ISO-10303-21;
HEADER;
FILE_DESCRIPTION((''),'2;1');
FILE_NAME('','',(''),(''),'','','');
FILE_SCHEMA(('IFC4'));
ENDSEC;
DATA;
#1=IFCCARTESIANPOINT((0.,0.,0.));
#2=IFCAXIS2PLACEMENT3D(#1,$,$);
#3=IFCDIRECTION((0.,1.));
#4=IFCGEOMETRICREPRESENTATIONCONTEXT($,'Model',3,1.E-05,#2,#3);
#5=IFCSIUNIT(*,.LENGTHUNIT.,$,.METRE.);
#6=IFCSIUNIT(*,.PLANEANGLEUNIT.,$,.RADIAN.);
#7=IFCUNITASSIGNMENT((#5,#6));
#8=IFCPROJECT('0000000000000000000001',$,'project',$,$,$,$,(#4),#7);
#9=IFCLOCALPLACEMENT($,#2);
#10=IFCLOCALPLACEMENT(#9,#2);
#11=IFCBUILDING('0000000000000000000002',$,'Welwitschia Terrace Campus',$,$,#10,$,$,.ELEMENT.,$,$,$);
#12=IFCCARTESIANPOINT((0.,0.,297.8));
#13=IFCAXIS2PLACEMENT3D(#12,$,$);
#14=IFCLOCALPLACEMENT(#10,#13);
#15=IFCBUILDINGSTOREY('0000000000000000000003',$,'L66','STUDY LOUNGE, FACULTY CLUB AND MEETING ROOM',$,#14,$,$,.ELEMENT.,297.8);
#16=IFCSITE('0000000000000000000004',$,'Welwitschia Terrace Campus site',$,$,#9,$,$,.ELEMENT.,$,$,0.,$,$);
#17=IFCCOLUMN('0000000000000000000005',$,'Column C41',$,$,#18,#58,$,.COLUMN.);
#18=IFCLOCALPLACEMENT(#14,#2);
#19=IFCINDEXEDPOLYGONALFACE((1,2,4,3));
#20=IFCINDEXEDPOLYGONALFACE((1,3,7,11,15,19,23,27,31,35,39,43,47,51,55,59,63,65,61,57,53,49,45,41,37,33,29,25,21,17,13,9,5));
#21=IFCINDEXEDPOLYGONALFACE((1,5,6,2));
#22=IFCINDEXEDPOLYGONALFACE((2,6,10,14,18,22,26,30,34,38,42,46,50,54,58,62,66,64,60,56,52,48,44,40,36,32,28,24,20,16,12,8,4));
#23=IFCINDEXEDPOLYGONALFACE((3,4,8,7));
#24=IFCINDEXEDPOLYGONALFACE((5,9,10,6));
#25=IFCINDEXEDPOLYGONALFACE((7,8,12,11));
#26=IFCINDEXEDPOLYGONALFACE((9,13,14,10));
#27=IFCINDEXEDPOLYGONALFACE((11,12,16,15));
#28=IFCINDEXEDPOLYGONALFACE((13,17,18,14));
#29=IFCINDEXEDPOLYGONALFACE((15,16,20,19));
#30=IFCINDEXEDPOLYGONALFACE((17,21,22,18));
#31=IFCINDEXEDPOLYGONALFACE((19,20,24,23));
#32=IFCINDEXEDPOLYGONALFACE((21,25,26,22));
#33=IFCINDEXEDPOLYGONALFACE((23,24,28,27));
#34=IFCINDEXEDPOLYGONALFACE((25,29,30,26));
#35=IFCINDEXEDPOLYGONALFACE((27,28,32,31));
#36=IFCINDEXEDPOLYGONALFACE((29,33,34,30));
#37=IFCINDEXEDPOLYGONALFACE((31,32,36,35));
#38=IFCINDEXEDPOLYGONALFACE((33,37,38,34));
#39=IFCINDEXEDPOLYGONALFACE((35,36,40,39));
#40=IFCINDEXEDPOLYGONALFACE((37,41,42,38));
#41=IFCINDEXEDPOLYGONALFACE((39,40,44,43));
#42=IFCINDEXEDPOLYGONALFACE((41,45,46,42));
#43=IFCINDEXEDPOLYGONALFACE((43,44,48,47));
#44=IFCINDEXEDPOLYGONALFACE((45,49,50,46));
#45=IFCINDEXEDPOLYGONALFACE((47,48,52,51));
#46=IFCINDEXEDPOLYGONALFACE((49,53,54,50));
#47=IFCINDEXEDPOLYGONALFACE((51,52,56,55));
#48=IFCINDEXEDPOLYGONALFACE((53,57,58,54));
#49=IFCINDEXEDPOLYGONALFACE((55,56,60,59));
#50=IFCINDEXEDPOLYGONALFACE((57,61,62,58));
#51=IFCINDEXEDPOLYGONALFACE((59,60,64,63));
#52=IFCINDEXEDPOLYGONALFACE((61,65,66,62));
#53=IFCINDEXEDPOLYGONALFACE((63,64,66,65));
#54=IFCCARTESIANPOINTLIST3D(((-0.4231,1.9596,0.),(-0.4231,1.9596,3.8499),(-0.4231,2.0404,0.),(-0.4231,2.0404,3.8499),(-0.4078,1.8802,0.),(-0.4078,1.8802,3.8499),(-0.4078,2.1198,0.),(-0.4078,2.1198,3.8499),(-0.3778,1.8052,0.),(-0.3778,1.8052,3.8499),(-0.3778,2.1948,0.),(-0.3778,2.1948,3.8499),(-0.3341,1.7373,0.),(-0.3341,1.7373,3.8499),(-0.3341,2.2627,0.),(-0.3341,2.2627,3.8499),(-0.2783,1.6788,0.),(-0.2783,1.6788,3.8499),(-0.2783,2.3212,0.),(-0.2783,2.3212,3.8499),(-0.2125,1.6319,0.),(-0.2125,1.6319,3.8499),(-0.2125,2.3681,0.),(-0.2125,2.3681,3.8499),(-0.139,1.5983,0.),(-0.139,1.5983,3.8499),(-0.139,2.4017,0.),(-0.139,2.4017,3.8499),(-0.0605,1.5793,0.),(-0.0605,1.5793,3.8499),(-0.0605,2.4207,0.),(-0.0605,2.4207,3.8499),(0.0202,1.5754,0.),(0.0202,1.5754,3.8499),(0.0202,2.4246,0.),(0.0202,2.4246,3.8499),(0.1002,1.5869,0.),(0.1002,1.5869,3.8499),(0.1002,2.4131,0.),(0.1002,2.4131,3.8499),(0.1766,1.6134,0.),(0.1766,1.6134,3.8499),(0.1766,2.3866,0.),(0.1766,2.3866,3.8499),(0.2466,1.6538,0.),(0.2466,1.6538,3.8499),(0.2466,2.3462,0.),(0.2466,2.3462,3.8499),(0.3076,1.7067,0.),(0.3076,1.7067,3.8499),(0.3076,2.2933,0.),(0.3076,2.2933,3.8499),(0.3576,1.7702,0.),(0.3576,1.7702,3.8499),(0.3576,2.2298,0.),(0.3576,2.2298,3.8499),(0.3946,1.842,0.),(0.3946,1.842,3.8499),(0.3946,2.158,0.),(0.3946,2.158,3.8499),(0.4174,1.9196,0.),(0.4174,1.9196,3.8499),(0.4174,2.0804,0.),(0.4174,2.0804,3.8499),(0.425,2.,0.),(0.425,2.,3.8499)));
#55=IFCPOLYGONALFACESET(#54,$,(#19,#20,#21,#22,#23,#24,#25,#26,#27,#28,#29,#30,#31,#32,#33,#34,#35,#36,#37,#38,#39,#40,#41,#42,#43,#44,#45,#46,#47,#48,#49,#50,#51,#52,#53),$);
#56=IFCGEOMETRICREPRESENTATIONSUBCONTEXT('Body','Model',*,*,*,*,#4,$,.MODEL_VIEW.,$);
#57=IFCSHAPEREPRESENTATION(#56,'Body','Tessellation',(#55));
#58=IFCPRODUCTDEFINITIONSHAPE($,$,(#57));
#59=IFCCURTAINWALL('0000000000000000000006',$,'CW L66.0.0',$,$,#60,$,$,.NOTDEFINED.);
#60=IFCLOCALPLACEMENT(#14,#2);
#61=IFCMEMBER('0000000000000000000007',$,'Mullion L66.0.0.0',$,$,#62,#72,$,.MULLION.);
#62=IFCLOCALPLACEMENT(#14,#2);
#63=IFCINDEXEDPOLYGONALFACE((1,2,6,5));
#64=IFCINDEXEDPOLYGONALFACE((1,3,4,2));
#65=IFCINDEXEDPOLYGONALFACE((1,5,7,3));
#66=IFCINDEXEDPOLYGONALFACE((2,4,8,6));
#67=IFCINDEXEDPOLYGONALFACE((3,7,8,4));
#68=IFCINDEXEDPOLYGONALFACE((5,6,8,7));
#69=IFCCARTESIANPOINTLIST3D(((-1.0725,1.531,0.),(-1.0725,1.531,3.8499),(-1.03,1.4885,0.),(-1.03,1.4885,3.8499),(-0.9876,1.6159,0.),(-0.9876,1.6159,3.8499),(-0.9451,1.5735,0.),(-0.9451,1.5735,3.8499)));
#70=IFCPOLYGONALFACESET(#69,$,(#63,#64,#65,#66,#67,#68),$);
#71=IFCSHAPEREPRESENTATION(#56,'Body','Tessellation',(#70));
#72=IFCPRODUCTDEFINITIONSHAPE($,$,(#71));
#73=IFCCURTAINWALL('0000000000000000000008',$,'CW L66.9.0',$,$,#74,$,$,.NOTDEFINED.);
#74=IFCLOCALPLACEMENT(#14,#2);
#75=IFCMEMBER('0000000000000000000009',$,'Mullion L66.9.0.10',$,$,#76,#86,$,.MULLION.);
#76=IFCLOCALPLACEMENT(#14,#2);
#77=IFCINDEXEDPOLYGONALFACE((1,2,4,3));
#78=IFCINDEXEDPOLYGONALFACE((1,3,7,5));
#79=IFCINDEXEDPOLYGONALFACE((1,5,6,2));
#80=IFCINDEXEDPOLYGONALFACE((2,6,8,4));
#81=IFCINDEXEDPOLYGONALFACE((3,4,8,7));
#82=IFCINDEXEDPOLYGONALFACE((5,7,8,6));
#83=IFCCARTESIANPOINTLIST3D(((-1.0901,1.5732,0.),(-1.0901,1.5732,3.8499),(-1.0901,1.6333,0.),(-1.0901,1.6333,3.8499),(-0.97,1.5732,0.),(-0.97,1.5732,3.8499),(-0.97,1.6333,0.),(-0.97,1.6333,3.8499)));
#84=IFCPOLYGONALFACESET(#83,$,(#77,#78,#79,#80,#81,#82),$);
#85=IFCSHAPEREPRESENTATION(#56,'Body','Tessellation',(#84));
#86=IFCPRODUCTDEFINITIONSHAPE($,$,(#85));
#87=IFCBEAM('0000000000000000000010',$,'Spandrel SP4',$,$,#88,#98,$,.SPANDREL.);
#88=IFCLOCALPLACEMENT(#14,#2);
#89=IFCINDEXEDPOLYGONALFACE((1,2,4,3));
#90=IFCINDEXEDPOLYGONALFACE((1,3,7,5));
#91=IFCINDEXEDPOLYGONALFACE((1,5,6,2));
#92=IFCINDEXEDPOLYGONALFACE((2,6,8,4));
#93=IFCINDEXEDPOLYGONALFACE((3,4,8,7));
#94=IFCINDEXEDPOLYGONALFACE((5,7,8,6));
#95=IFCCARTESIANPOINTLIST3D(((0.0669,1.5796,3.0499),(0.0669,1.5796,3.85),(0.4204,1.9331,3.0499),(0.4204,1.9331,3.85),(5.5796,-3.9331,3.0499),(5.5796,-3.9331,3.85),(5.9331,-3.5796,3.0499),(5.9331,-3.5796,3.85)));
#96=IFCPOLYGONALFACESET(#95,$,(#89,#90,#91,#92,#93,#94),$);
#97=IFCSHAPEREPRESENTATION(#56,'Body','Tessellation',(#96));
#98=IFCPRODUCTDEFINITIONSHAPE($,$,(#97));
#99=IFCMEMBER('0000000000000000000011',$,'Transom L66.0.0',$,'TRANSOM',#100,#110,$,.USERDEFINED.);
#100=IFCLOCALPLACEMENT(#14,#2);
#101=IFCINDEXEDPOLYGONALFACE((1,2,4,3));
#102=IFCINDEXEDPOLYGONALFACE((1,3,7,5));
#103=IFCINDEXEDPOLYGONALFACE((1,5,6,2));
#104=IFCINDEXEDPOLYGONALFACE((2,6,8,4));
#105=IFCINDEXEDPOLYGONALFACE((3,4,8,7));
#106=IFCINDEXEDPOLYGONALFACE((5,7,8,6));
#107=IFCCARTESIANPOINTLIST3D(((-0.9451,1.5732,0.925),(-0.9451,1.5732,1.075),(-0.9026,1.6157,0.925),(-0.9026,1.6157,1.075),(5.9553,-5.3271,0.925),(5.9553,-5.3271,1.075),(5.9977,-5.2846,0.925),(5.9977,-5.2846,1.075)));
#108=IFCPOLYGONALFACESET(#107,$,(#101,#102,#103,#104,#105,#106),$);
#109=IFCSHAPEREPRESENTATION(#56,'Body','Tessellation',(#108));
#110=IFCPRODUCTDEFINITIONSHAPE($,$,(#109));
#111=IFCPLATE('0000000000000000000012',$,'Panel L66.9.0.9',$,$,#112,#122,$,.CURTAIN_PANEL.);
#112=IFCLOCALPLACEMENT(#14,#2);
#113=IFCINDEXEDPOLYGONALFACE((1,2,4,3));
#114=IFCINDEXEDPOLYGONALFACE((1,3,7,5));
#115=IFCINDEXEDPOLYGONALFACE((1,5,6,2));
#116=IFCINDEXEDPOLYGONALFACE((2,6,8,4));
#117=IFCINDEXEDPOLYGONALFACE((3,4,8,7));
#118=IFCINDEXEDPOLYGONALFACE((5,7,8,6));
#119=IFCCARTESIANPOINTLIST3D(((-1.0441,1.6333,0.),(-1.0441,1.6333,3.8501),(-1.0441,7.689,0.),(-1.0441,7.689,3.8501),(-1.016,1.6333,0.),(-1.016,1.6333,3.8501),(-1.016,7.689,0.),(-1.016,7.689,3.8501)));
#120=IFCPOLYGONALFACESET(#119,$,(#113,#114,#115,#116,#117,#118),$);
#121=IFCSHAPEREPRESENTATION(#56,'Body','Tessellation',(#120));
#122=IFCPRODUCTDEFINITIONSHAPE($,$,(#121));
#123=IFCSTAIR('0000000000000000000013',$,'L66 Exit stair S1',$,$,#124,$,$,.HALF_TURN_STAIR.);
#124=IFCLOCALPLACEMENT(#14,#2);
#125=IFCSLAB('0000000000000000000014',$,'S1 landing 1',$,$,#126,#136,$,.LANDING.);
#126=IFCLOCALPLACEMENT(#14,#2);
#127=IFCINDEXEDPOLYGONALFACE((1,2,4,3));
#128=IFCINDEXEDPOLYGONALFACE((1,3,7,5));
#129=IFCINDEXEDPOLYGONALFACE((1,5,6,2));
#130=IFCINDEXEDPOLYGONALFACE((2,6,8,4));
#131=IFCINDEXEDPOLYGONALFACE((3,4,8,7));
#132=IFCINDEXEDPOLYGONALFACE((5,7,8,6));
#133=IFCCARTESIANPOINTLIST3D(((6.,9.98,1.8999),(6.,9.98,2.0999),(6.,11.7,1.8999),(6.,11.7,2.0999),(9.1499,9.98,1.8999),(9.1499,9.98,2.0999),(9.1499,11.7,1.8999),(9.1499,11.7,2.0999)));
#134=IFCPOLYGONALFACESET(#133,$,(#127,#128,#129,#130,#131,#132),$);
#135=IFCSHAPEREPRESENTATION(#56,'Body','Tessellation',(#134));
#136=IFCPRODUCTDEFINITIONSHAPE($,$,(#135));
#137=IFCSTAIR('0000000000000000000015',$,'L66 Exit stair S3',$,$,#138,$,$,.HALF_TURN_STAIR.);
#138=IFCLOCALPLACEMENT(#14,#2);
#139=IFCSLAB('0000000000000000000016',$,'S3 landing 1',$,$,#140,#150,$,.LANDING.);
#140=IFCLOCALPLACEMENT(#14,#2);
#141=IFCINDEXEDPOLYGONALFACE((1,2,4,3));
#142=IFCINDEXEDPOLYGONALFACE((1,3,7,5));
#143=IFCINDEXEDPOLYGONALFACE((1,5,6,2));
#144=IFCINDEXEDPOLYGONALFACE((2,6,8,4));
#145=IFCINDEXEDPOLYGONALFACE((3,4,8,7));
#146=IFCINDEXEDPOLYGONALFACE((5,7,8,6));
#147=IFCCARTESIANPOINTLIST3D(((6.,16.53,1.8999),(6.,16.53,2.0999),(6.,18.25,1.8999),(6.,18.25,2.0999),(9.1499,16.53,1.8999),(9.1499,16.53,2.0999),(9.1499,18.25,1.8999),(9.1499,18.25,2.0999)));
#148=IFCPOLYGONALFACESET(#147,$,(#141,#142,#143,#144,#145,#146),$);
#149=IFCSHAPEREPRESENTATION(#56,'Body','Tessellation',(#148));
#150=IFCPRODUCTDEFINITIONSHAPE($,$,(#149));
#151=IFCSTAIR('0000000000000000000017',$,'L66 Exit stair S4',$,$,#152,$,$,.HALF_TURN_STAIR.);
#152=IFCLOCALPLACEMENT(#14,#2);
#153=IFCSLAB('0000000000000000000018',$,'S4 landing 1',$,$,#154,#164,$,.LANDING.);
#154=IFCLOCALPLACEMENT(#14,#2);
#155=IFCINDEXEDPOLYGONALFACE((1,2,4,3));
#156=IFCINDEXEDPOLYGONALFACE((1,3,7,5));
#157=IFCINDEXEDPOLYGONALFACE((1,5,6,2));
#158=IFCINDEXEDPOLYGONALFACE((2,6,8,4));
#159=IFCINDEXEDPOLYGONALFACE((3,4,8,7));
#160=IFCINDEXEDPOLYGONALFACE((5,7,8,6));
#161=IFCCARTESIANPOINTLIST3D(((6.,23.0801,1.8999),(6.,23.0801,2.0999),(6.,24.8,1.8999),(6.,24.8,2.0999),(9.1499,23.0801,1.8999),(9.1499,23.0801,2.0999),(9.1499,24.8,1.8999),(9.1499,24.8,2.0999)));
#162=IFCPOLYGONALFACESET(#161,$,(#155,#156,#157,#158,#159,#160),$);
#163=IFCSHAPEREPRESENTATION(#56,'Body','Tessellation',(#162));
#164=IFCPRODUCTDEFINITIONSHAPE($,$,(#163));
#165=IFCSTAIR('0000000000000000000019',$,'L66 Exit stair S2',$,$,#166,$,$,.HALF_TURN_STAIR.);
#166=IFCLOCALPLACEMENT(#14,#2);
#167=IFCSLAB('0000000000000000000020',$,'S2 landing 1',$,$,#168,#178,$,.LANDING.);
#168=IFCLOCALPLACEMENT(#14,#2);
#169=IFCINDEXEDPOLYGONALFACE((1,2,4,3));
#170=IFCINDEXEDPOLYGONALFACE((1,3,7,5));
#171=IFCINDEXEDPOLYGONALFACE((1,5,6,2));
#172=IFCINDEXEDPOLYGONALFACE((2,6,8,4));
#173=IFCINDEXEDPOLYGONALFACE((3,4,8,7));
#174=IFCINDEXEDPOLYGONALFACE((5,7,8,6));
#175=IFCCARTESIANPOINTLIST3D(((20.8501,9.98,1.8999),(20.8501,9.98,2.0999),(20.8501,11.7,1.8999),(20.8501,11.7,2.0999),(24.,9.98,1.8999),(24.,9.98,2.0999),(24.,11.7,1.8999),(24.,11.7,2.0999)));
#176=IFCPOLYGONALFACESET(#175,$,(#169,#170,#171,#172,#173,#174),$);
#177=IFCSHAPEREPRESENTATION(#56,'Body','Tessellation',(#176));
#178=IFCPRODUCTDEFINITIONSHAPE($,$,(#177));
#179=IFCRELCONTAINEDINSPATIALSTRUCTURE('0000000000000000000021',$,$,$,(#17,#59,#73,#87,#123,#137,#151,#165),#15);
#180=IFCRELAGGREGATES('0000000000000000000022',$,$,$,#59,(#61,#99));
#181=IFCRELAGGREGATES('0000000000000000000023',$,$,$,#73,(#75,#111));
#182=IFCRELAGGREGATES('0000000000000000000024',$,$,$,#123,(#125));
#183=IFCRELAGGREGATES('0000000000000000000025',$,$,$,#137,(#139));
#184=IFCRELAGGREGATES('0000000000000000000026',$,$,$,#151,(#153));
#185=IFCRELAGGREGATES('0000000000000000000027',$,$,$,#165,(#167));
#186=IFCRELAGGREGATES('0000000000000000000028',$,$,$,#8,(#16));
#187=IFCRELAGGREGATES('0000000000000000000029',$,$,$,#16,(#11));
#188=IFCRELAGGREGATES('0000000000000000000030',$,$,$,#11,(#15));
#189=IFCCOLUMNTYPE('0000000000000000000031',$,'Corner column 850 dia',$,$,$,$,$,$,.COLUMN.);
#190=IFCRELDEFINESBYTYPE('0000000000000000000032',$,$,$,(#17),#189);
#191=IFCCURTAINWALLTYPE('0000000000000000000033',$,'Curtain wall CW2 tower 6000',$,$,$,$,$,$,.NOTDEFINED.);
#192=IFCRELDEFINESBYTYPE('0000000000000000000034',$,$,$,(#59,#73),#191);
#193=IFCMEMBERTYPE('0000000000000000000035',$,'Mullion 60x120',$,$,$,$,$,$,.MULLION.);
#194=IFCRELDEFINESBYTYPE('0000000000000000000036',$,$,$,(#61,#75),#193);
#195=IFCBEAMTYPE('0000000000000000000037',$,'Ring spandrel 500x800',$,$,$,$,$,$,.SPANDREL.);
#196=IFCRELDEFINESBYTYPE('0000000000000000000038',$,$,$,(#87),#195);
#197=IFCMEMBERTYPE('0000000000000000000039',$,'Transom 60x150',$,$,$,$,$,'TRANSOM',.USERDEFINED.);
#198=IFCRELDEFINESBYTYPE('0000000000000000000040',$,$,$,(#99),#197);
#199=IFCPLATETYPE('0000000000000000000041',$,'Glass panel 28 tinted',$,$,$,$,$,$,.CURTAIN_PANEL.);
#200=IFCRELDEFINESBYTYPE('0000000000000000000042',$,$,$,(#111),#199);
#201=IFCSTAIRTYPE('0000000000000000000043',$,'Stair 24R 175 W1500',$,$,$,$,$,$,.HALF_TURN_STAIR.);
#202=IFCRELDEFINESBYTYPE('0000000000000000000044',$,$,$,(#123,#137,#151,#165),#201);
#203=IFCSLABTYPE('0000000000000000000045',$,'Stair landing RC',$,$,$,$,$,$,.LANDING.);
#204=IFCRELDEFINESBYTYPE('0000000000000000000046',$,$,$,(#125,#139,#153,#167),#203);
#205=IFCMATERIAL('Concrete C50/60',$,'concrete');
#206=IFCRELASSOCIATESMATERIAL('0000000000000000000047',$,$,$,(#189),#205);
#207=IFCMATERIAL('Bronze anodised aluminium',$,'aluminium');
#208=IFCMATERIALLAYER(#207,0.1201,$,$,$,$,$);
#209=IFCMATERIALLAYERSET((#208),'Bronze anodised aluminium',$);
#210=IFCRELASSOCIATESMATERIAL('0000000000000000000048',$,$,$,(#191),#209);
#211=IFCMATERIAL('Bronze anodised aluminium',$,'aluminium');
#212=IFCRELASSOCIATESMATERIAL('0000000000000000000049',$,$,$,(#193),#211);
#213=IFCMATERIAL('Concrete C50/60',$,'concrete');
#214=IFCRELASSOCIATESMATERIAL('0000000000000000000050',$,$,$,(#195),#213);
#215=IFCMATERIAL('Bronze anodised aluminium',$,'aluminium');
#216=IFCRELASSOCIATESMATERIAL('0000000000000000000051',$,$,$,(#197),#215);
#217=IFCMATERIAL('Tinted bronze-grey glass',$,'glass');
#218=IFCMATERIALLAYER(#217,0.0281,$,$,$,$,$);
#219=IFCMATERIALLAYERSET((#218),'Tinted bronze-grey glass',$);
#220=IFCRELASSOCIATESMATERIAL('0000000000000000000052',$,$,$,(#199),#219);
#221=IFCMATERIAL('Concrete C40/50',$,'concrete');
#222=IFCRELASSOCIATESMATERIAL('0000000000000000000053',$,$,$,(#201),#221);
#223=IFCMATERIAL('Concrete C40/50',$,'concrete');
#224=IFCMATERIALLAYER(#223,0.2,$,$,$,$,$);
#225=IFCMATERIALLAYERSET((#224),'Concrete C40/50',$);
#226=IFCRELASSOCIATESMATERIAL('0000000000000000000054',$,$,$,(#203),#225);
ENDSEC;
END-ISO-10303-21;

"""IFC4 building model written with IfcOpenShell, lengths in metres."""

from ifc_helpers import new_model, si_unit, direction, frame, origin, origin_2d, place, context, subcontext, project, spatial, polyline, rectangle, circle, outline, extrude, material, layer, layer_set, material_profile, profile_set, type_object, element, aggregate, save


model = new_model("IFC4")

# Units and contexts
model_context = context("Model", 3, precision=1e-05, world=origin(), true_north=direction((0.0, 1.0)))
body_context = subcontext(model_context, "Body", "Model", "MODEL_VIEW")
ifc_project = project(units=[si_unit("LENGTHUNIT", "METRE"), si_unit("PLANEANGLEUNIT", "RADIAN")], contexts=[model_context])

# Site, building, storey
site_placement = place(None, origin())
site = spatial("IfcSite", under=ifc_project, at=site_placement, Name="Welwitschia Terrace Campus site", CompositionType="ELEMENT", RefElevation=0.0)
building_placement = place(site_placement, origin())
building = spatial("IfcBuilding", under=site, at=building_placement, Name="Welwitschia Terrace Campus", CompositionType="ELEMENT")
storey_placement = place(building_placement, frame((0.0, 0.0, 297.8)))
storey = spatial("IfcBuildingStorey", under=building, at=storey_placement, Name="L66", Description="STUDY LOUNGE, FACULTY CLUB AND MEETING ROOM", CompositionType="ELEMENT", Elevation=297.8)

# Column
ifc_material_1 = material(Name="Concrete C50/60", Category="concrete")
ifc_material_profile_1 = material_profile(ifc_material_1, circle(Radius=0.425, at=origin_2d()))
ifc_profile_set_1 = profile_set([ifc_material_profile_1], Name="Concrete C50/60")
column_type = type_object("IfcColumnType", Name="Corner column 850 dia", PredefinedType="COLUMN", material=ifc_profile_set_1)
column_placement = place(storey_placement, frame((0.0, 2.0, 0.0), z_axis=(0.0, 0.0, 1.0), x_axis=(1.0, 0.0, 0.0)))
element("IfcColumn", 1, at=column_placement, inside=storey, type_object=column_type, Name="Column C41", PredefinedType="COLUMN", context=body_context, shape_type="SweptSolid", body=[
    extrude(circle(Radius=0.425, at=origin_2d()), origin(), (0.0, 0.0, 1.0), 3.8499),
])

# Curtain walls, members
ifc_material_2 = material(Name="Bronze anodised aluminium", Category="aluminium")
ifc_layer_1 = layer(ifc_material_2, 0.1201)
ifc_layer_set_1 = layer_set([ifc_layer_1], Name="Bronze anodised aluminium")
curtain_wall_type = type_object("IfcCurtainWallType", Name="Curtain wall CW2 tower 6000", PredefinedType="NOTDEFINED", material=ifc_layer_set_1)
curtain_wall_1_placement = place(storey_placement, origin())
curtain_wall_1 = element("IfcCurtainWall", 2, at=curtain_wall_1_placement, inside=storey, type_object=curtain_wall_type, Name="CW L66.0.0", PredefinedType="NOTDEFINED")
ifc_material_3 = material(Name="Bronze anodised aluminium", Category="aluminium")
ifc_material_profile_2 = material_profile(ifc_material_3, rectangle(XDim=0.1201, YDim=0.0601, at=origin_2d()))
ifc_profile_set_2 = profile_set([ifc_material_profile_2], Name="Bronze anodised aluminium")
member_type_1 = type_object("IfcMemberType", Name="Mullion 60x120", PredefinedType="MULLION", material=ifc_profile_set_2)
member_1_placement = place(storey_placement, frame((-1.0088, 1.5522, 0.0), z_axis=(0.0, 0.0, 1.0), x_axis=(0.707107, 0.707107, 0.0)))
member_1 = element("IfcMember", 3, at=member_1_placement, type_object=member_type_1, Name="Mullion L66.0.0.0", PredefinedType="MULLION", context=body_context, shape_type="SweptSolid", body=[
    extrude(rectangle(XDim=0.1201, YDim=0.0601, at=origin_2d()), origin(), (0.0, 0.0, 1.0), 3.8499),
])
curtain_wall_2_placement = place(storey_placement, origin())
curtain_wall_2 = element("IfcCurtainWall", 4, at=curtain_wall_2_placement, inside=storey, type_object=curtain_wall_type, Name="CW L66.9.0", PredefinedType="NOTDEFINED")
member_2_placement = place(storey_placement, frame((-1.03, 1.6033, 0.0), z_axis=(0.0, 0.0, 1.0), x_axis=(1.0, 0.0, 0.0)))
member_2 = element("IfcMember", 5, at=member_2_placement, type_object=member_type_1, Name="Mullion L66.9.0.10", PredefinedType="MULLION", context=body_context, shape_type="SweptSolid", body=[
    extrude(rectangle(XDim=0.1201, YDim=0.0601, at=origin_2d()), origin(), (0.0, 0.0, 1.0), 3.8499),
])

# Beam
ifc_material_4 = material(Name="Concrete C50/60", Category="concrete")
ifc_material_profile_3 = material_profile(ifc_material_4, rectangle(XDim=0.5, YDim=0.8, at=origin_2d()))
ifc_profile_set_3 = profile_set([ifc_material_profile_3], Name="Concrete C50/60")
beam_type = type_object("IfcBeamType", Name="Ring spandrel 500x800", PredefinedType="SPANDREL", material=ifc_profile_set_3)
beam_placement = place(storey_placement, frame((0.2437, 1.7563, 3.45), z_axis=(0.707107, -0.707107, 0.0), x_axis=(0.707107, 0.707107, 0.0)))
element("IfcBeam", 6, at=beam_placement, inside=storey, type_object=beam_type, Name="Spandrel SP4", PredefinedType="SPANDREL", context=body_context, shape_type="SweptSolid", body=[
    extrude(rectangle(XDim=0.5, YDim=0.8, at=origin_2d()), origin(), (0.0, 0.0, 1.0), 7.7961),
])

# Member
ifc_material_5 = material(Name="Bronze anodised aluminium", Category="aluminium")
ifc_material_profile_4 = material_profile(ifc_material_5, rectangle(XDim=0.0601, YDim=0.1499, at=origin_2d()))
ifc_profile_set_4 = profile_set([ifc_material_profile_4], Name="Bronze anodised aluminium")
member_type_2 = type_object("IfcMemberType", Name="Transom 60x150", ElementType="TRANSOM", PredefinedType="USERDEFINED", material=ifc_profile_set_4)
member_3_placement = place(storey_placement, frame((-0.9238, 1.5945, 1.0), z_axis=(0.707107, -0.707107, 0.0), x_axis=(0.707107, 0.707107, 0.0)))
member_3 = element("IfcMember", 7, at=member_3_placement, type_object=member_type_2, Name="Transom L66.0.0", ObjectType="TRANSOM", PredefinedType="USERDEFINED", context=body_context, shape_type="SweptSolid", body=[
    extrude(rectangle(XDim=0.0601, YDim=0.1499, at=origin_2d()), origin(), (0.0, 0.0, 1.0), 9.7585),
])
aggregate(curtain_wall_1, [member_1, member_3])

# Plate
ifc_material_6 = material(Name="Tinted bronze-grey glass", Category="glass")
ifc_layer_2 = layer(ifc_material_6, 0.0281)
ifc_layer_set_2 = layer_set([ifc_layer_2], Name="Tinted bronze-grey glass")
plate_type = type_object("IfcPlateType", Name="Glass panel 28 tinted", PredefinedType="CURTAIN_PANEL", material=ifc_layer_set_2)
plate_placement = place(storey_placement, frame((-1.03, 4.6611, 0.0), z_axis=(0.0, 0.0, 1.0), x_axis=(0.0, -1.0, 0.0)))
plate = element("IfcPlate", 8, at=plate_placement, type_object=plate_type, Name="Panel L66.9.0.9", PredefinedType="CURTAIN_PANEL", context=body_context, shape_type="SweptSolid", body=[
    extrude(rectangle(XDim=6.0557, YDim=0.0281, at=origin_2d()), origin(), (0.0, 0.0, 1.0), 3.8501),
])
aggregate(curtain_wall_2, [member_2, plate])

# Stairs, slabs
ifc_material_7 = material(Name="Concrete C40/50", Category="concrete")
stair_type = type_object("IfcStairType", Name="Stair 24R 175 W1500", PredefinedType="HALF_TURN_STAIR", material=ifc_material_7)
stair_1_placement = place(storey_placement, origin())
stair_1 = element("IfcStair", 9, at=stair_1_placement, inside=storey, type_object=stair_type, Name="L66 Exit stair S1", PredefinedType="HALF_TURN_STAIR")
ifc_material_8 = material(Name="Concrete C40/50", Category="concrete")
ifc_layer_3 = layer(ifc_material_8, 0.2)
ifc_layer_set_3 = layer_set([ifc_layer_3], Name="Concrete C40/50")
slab_type_1 = type_object("IfcSlabType", Name="Stair landing RC", PredefinedType="LANDING", material=ifc_layer_set_3)
slab_1_placement = place(storey_placement, frame((0.0, 0.0, 1.8999)))
slab_1 = element("IfcSlab", 10, at=slab_1_placement, type_object=slab_type_1, Name="S1 landing 1", PredefinedType="LANDING", context=body_context, shape_type="SweptSolid", body=[
    extrude(outline(polyline([(9.1499, 9.98), (9.1499, 11.7), (6.0, 11.7), (6.0, 9.98), (9.1499, 9.98)])), origin(), (0.0, 0.0, 1.0), 0.2),
])
aggregate(stair_1, [slab_1])
stair_2_placement = place(storey_placement, origin())
stair_2 = element("IfcStair", 11, at=stair_2_placement, inside=storey, type_object=stair_type, Name="L66 Exit stair S3", PredefinedType="HALF_TURN_STAIR")
slab_2_placement = place(storey_placement, frame((0.0, 0.0, 1.8999)))
slab_2 = element("IfcSlab", 12, at=slab_2_placement, type_object=slab_type_1, Name="S3 landing 1", PredefinedType="LANDING", context=body_context, shape_type="SweptSolid", body=[
    extrude(outline(polyline([(9.1499, 16.53), (9.1499, 18.25), (6.0, 18.25), (6.0, 16.53), (9.1499, 16.53)])), origin(), (0.0, 0.0, 1.0), 0.2),
])
aggregate(stair_2, [slab_2])
stair_3_placement = place(storey_placement, origin())
stair_3 = element("IfcStair", 13, at=stair_3_placement, inside=storey, type_object=stair_type, Name="L66 Exit stair S4", PredefinedType="HALF_TURN_STAIR")
slab_3_placement = place(storey_placement, frame((0.0, 0.0, 1.8999)))
slab_3 = element("IfcSlab", 14, at=slab_3_placement, type_object=slab_type_1, Name="S4 landing 1", PredefinedType="LANDING", context=body_context, shape_type="SweptSolid", body=[
    extrude(outline(polyline([(9.1499, 23.0801), (9.1499, 24.8), (6.0, 24.8), (6.0, 23.0801), (9.1499, 23.0801)])), origin(), (0.0, 0.0, 1.0), 0.2),
])
aggregate(stair_3, [slab_3])
stair_4_placement = place(storey_placement, origin())
stair_4 = element("IfcStair", 15, at=stair_4_placement, inside=storey, type_object=stair_type, Name="L66 Exit stair S2", PredefinedType="HALF_TURN_STAIR")
slab_4_placement = place(storey_placement, frame((0.0, 0.0, 1.8999)))
slab_4 = element("IfcSlab", 16, at=slab_4_placement, type_object=slab_type_1, Name="S2 landing 1", PredefinedType="LANDING", context=body_context, shape_type="SweptSolid", body=[
    extrude(outline(polyline([(24.0, 9.98), (24.0, 11.7), (20.8501, 11.7), (20.8501, 9.98), (24.0, 9.98)])), origin(), (0.0, 0.0, 1.0), 0.2),
])
aggregate(stair_4, [slab_4])

save(model, "model.ifc")
